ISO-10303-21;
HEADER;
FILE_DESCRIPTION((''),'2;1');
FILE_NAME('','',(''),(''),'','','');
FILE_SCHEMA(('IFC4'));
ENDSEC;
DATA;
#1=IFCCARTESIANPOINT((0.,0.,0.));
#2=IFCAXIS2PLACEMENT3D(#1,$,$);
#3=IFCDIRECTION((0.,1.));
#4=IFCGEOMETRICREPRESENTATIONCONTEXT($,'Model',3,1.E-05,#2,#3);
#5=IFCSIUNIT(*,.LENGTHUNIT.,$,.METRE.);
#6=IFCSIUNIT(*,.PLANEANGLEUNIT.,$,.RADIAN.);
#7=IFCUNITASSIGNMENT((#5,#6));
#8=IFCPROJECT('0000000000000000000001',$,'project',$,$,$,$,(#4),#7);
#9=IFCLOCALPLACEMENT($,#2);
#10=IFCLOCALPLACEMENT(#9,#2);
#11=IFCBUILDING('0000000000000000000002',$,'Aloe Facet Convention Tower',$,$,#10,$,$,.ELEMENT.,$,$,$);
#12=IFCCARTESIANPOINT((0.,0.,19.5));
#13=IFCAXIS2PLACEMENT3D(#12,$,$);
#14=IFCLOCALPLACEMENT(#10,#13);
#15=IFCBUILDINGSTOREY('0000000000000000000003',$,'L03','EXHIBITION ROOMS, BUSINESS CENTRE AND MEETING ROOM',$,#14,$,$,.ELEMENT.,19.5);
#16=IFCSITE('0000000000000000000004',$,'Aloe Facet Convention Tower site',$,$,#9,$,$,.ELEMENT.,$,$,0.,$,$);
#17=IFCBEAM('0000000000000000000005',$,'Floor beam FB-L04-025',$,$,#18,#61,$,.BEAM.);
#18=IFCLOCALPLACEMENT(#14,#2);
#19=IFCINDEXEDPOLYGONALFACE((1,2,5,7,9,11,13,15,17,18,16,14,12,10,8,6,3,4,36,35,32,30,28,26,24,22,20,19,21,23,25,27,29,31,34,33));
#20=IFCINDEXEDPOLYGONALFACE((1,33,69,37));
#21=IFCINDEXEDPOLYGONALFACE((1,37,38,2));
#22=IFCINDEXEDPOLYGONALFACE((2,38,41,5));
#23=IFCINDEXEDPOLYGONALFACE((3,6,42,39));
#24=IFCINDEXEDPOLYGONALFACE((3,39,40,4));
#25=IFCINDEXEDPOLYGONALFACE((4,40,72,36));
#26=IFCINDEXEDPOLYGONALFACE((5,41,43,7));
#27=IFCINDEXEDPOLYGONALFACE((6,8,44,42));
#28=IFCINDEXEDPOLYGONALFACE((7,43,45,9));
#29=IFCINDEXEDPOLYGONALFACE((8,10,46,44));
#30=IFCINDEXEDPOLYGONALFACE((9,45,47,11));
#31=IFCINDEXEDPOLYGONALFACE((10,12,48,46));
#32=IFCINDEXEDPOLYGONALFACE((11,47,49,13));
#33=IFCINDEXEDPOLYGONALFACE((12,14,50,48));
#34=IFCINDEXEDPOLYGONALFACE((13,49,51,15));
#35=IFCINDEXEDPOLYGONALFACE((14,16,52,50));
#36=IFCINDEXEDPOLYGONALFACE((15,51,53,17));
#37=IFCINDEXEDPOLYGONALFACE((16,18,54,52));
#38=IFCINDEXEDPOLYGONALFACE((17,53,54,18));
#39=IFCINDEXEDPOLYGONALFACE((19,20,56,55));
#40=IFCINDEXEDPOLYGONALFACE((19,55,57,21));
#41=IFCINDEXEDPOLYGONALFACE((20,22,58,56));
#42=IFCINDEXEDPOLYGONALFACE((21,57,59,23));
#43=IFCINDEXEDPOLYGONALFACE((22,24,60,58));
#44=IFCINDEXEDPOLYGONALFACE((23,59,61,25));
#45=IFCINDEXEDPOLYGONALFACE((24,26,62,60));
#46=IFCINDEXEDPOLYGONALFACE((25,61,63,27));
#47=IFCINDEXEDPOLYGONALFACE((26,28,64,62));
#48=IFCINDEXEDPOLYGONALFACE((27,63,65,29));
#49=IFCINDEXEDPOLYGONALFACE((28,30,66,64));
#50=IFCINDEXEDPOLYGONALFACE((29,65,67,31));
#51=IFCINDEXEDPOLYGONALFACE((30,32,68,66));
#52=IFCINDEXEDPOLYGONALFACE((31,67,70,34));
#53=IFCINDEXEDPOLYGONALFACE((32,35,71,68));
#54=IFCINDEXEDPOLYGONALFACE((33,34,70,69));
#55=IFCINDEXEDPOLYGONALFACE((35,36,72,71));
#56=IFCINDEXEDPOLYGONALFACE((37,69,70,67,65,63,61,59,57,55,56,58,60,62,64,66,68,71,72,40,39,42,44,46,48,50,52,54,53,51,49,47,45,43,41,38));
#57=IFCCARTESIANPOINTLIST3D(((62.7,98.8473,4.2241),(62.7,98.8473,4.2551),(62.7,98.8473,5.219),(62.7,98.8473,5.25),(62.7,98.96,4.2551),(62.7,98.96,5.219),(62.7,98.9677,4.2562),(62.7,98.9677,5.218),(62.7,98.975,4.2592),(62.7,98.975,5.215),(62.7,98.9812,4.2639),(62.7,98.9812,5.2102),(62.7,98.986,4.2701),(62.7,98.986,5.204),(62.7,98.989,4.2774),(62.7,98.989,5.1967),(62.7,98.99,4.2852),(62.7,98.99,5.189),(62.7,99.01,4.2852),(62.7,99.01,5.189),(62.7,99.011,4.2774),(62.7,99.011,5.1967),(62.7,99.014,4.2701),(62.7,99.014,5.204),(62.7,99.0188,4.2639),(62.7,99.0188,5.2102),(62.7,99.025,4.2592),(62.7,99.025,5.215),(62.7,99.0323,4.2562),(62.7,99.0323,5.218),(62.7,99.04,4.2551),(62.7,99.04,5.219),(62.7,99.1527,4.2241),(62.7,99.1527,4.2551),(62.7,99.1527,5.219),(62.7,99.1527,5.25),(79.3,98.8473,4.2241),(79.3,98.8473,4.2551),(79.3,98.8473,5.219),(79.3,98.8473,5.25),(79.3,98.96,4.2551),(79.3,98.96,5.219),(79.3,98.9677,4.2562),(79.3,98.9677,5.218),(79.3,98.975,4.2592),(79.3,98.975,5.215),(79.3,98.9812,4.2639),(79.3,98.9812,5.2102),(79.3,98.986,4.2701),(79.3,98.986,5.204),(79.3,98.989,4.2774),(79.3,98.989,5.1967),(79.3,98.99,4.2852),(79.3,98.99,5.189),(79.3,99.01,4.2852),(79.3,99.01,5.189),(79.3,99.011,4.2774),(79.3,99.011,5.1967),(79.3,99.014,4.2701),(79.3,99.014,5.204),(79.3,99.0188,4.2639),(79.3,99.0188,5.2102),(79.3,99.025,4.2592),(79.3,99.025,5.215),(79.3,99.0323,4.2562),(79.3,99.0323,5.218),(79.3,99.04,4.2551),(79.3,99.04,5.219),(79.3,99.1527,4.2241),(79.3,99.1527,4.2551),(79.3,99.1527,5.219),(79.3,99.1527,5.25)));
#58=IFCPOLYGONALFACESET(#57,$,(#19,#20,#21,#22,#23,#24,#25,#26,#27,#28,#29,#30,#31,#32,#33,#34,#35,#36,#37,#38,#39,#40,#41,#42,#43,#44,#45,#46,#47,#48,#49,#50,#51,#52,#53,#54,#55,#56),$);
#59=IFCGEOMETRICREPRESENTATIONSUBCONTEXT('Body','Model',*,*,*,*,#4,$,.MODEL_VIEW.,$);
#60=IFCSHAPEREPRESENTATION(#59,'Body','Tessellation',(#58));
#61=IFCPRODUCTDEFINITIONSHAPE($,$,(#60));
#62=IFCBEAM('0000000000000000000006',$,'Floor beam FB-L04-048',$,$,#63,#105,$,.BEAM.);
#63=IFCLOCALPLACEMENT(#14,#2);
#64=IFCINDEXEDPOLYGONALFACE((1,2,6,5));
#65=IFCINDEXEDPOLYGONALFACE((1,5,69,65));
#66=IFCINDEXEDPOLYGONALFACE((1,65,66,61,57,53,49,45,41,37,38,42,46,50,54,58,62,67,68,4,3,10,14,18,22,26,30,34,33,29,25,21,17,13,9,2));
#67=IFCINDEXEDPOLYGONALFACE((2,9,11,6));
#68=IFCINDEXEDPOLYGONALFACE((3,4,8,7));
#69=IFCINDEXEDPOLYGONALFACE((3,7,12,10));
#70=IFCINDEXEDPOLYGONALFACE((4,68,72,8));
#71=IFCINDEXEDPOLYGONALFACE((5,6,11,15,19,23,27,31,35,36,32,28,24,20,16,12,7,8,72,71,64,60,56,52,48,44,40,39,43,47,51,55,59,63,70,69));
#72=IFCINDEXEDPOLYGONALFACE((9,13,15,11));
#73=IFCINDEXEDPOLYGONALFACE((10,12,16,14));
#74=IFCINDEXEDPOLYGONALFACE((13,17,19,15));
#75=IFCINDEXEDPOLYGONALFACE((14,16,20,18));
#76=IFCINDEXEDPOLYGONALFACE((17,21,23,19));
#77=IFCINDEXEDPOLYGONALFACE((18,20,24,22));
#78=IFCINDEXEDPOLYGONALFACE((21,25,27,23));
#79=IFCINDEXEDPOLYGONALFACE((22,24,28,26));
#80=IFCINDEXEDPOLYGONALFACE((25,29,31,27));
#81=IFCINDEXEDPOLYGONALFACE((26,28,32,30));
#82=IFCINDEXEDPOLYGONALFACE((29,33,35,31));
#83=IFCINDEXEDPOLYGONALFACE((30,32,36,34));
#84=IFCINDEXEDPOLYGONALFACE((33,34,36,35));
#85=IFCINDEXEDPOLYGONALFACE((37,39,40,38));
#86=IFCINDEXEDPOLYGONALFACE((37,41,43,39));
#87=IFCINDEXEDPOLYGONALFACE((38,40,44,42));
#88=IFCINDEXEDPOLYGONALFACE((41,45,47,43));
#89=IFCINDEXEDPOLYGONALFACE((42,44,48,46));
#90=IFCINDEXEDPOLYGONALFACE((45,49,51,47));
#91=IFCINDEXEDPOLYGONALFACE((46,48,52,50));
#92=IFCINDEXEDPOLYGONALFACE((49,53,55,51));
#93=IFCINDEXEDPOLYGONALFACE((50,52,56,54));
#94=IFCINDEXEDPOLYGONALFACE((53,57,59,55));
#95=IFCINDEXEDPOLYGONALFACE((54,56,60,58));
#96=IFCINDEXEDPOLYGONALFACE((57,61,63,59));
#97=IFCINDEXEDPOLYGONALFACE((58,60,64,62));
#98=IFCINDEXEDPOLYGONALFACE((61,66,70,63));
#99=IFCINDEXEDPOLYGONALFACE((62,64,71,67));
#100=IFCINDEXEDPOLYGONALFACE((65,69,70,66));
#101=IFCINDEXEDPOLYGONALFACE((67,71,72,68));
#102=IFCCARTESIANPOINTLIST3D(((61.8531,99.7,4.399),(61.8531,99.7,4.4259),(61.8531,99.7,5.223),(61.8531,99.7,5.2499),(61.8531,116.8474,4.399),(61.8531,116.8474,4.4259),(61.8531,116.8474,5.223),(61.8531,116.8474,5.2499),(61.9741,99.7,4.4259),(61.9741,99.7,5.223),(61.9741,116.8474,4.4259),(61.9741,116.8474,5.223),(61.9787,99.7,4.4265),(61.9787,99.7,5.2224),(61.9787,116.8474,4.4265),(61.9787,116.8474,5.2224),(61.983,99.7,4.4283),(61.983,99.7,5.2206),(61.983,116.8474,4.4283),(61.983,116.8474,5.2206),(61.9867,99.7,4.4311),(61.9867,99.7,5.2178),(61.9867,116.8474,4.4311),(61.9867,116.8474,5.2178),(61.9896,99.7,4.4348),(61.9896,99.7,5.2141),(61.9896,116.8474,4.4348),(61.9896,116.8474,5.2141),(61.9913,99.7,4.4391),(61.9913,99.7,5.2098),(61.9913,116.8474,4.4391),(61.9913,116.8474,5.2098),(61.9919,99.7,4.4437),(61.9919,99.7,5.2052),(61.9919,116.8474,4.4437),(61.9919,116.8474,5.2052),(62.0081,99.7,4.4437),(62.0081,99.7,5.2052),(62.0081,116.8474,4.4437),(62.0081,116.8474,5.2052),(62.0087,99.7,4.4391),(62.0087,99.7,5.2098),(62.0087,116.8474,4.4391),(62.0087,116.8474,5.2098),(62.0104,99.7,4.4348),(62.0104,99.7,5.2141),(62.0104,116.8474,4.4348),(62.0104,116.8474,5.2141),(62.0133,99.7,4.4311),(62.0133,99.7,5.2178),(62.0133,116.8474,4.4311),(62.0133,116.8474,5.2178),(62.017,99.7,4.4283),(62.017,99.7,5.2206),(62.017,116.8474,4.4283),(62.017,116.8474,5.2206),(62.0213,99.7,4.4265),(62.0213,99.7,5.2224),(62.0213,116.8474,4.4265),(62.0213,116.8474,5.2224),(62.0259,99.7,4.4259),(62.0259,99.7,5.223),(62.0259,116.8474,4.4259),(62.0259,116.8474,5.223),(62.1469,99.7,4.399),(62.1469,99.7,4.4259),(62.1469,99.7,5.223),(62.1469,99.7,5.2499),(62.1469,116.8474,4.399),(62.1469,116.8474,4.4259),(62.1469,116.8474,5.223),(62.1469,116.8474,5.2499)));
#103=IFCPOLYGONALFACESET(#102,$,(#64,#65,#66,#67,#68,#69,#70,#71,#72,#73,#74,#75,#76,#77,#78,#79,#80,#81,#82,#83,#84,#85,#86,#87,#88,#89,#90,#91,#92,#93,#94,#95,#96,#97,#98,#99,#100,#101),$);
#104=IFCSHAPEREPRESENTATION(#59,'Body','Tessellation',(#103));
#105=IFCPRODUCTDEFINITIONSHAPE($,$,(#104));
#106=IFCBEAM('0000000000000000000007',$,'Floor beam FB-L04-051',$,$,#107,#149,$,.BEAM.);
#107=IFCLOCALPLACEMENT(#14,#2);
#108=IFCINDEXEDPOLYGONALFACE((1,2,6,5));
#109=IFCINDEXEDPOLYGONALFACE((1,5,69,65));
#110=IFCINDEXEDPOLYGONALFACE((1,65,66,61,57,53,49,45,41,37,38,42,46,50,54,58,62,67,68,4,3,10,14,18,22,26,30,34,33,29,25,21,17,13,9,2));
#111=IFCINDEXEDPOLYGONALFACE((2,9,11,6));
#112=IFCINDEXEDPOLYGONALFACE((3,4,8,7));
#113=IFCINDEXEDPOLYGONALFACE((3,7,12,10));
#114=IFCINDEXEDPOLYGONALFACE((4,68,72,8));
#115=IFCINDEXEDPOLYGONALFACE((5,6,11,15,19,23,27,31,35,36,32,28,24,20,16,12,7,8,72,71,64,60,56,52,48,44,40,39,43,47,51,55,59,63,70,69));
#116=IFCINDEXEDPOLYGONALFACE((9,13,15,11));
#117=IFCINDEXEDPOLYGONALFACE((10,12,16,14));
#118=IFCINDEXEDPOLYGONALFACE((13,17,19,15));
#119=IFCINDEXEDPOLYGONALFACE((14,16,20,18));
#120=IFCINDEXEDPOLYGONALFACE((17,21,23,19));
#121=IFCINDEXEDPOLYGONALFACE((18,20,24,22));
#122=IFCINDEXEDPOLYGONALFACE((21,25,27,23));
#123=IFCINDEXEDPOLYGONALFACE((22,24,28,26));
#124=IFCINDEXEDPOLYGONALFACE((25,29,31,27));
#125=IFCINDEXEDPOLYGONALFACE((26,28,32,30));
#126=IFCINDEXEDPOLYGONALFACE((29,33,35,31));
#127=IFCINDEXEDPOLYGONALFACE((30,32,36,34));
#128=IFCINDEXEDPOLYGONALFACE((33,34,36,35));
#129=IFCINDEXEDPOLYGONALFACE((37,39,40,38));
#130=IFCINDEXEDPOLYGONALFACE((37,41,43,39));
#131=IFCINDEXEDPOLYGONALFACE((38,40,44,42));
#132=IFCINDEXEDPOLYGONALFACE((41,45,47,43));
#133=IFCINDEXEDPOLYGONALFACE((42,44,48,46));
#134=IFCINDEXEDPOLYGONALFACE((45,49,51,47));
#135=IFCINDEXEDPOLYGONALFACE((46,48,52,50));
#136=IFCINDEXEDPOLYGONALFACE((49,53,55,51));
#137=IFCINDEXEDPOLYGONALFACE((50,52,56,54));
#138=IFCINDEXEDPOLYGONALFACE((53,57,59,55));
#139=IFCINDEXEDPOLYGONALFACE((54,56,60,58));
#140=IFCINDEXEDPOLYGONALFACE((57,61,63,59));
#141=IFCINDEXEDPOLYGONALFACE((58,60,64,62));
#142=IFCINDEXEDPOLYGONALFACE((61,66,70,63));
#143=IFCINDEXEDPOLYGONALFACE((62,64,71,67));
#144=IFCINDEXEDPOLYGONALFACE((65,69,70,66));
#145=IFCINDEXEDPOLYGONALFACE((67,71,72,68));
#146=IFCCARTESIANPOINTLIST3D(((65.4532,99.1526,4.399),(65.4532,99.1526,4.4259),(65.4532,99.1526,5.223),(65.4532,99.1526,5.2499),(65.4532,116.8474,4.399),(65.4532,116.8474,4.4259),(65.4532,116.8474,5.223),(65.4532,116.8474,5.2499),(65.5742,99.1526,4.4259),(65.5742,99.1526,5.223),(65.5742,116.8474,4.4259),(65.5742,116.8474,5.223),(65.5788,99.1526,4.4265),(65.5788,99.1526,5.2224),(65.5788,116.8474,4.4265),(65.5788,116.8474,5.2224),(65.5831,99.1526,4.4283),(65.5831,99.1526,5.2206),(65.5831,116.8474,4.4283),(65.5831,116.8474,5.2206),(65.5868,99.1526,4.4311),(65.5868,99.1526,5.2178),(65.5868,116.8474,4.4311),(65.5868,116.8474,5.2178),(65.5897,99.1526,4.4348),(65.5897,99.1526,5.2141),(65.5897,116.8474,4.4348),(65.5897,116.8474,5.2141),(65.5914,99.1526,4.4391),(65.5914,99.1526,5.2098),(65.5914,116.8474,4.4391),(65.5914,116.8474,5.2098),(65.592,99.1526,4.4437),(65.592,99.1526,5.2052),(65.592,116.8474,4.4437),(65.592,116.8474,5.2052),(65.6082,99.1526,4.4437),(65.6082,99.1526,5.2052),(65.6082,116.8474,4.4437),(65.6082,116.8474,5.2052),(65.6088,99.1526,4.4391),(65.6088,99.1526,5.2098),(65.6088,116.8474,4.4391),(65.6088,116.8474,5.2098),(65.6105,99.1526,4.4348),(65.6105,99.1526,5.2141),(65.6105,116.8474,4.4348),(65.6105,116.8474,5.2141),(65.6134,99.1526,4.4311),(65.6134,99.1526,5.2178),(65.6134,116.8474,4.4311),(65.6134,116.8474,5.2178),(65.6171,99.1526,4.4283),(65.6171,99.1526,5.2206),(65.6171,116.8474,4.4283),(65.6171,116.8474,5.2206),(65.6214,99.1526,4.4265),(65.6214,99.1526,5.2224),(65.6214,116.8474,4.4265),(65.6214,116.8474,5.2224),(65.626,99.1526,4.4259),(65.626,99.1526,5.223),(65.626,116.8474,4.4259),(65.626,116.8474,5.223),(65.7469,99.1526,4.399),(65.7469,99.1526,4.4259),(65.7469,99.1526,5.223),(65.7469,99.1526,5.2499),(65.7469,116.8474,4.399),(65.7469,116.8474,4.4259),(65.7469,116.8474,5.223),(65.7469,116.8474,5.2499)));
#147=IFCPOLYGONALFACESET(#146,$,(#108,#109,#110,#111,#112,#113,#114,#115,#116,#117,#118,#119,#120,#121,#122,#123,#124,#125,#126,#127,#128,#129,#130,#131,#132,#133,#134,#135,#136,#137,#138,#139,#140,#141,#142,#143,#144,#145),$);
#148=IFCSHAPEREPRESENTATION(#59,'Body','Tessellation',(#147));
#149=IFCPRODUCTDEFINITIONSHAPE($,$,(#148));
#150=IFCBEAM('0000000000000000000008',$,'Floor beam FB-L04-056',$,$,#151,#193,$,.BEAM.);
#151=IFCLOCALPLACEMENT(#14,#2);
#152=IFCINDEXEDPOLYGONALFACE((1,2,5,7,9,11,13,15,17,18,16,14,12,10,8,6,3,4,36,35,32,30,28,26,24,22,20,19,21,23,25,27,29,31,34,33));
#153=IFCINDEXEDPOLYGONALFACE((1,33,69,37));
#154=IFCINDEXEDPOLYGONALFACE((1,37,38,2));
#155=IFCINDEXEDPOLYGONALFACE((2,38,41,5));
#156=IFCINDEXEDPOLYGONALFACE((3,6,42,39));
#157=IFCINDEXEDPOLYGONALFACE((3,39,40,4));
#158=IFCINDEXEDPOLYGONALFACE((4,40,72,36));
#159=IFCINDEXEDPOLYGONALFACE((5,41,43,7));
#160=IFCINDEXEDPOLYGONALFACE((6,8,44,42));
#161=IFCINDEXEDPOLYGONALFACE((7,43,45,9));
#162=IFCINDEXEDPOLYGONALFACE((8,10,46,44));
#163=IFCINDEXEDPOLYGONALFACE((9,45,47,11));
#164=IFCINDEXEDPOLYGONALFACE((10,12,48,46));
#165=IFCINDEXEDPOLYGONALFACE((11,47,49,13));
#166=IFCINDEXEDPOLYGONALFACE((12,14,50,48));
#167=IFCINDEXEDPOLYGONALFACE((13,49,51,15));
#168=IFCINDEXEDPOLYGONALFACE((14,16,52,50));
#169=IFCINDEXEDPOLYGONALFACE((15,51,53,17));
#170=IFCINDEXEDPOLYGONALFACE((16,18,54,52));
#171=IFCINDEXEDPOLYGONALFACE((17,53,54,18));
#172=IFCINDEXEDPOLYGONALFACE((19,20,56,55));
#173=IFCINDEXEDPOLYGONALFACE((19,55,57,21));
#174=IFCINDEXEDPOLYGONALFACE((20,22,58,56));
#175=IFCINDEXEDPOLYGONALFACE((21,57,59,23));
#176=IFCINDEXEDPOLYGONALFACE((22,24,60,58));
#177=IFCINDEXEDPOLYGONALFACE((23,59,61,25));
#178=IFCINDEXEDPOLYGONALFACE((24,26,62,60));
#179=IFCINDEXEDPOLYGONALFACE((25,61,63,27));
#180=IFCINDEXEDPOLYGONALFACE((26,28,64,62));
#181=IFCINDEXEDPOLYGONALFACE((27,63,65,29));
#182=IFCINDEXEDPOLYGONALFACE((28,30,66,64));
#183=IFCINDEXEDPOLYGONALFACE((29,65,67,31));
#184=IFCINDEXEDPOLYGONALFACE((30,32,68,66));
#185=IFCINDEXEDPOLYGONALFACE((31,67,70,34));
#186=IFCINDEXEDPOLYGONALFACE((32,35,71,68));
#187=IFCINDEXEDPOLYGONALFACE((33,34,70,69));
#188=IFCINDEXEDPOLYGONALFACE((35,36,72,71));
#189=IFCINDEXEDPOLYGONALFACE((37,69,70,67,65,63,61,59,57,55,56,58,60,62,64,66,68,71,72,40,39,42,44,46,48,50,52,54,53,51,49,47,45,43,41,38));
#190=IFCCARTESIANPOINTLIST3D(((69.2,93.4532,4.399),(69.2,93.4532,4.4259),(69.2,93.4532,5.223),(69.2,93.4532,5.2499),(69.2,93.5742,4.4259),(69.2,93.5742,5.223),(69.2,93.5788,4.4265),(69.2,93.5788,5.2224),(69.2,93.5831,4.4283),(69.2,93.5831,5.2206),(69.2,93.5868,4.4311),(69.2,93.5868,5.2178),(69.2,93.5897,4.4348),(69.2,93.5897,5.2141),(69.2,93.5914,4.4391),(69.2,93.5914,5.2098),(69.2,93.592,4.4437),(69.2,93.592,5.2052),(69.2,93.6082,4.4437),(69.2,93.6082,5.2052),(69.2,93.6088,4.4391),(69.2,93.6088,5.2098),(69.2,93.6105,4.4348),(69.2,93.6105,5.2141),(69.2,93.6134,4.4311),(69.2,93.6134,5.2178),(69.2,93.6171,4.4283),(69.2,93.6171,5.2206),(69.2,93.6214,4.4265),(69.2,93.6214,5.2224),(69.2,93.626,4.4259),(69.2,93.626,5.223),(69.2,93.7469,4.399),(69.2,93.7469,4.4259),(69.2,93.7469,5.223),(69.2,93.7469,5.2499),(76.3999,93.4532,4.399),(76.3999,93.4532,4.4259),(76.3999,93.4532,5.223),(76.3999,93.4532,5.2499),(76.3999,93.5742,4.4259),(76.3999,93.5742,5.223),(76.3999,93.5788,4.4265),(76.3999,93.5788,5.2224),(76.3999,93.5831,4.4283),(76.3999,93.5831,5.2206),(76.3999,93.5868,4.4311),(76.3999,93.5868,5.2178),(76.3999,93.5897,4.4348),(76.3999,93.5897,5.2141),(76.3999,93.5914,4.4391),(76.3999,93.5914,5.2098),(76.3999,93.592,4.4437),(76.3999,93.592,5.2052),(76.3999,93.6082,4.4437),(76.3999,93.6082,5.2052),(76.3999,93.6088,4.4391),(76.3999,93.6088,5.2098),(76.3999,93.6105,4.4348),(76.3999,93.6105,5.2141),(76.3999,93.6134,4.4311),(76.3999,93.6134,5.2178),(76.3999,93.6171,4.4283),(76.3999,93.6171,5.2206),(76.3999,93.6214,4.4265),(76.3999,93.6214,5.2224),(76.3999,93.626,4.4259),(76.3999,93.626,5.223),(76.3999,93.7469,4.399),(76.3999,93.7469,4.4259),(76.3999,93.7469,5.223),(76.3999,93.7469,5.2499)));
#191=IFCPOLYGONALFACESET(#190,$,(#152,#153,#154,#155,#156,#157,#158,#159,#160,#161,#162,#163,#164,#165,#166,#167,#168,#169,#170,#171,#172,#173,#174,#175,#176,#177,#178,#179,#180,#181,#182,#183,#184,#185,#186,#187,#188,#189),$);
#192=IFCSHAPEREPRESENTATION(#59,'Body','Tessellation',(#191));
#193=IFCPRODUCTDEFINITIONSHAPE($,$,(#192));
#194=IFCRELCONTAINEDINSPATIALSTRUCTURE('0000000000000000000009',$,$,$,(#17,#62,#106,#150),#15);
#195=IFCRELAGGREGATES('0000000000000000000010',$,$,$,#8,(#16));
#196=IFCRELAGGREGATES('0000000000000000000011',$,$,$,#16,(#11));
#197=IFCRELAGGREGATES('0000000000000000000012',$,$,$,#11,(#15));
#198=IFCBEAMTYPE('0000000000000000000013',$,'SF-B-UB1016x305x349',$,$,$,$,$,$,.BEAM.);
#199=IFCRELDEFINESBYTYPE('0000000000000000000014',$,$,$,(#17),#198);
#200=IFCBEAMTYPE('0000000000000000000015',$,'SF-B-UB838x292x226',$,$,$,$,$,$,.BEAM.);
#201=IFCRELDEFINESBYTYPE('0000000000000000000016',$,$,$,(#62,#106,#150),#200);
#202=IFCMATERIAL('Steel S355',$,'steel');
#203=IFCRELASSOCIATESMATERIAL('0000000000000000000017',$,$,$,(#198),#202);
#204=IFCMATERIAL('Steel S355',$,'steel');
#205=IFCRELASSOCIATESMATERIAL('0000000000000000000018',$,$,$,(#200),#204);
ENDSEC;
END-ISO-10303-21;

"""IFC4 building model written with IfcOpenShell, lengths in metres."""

from ifc_helpers import new_model, si_unit, direction, frame, origin, origin_2d, place, context, subcontext, project, spatial, i_section, extrude, material, material_profile, profile_set, type_object, element, save


model = new_model("IFC4")

# Units and contexts
model_context = context("Model", 3, precision=1e-05, world=origin(), true_north=direction((0.0, 1.0)))
body_context = subcontext(model_context, "Body", "Model", "MODEL_VIEW")
ifc_project = project(units=[si_unit("LENGTHUNIT", "METRE"), si_unit("PLANEANGLEUNIT", "RADIAN")], contexts=[model_context])

# Site, building, storey
site_placement = place(None, origin())
site = spatial("IfcSite", under=ifc_project, at=site_placement, Name="Aloe Facet Convention Tower site", CompositionType="ELEMENT", RefElevation=0.0)
building_placement = place(site_placement, origin())
building = spatial("IfcBuilding", under=site, at=building_placement, Name="Aloe Facet Convention Tower", CompositionType="ELEMENT")
storey_placement = place(building_placement, frame((0.0, 0.0, 19.5)))
storey = spatial("IfcBuildingStorey", under=building, at=storey_placement, Name="L03", Description="EXHIBITION ROOMS, BUSINESS CENTRE AND MEETING ROOM", CompositionType="ELEMENT", Elevation=19.5)

# Beams
ifc_material_1 = material(Name="Steel S355", Category="steel")
ifc_material_profile_1 = material_profile(ifc_material_1, i_section(OverallWidth=0.3054, OverallDepth=1.0259, WebThickness=0.02, FlangeThickness=0.031, FilletRadius=0.03, at=origin_2d()), Name="UB 1016x305x349")
ifc_profile_set_1 = profile_set([ifc_material_profile_1], Name="Steel S355")
beam_type_1 = type_object("IfcBeamType", Name="SF-B-UB1016x305x349", PredefinedType="BEAM", material=ifc_profile_set_1)
beam_1_placement = place(storey_placement, frame((62.7, 99.0, 4.7371), z_axis=(1.0, 0.0, 0.0), x_axis=(0.0, 1.0, 0.0)))
element("IfcBeam", 1, at=beam_1_placement, inside=storey, type_object=beam_type_1, Name="Floor beam FB-L04-025", PredefinedType="BEAM", context=body_context, shape_type="SweptSolid", body=[
    extrude(i_section(OverallWidth=0.3054, OverallDepth=1.0259, WebThickness=0.02, FlangeThickness=0.031, FilletRadius=0.03, at=origin_2d()), origin(), (0.0, 0.0, 1.0), 16.6001),
])
ifc_material_2 = material(Name="Steel S355", Category="steel")
ifc_material_profile_2 = material_profile(ifc_material_2, i_section(OverallWidth=0.2937, OverallDepth=0.8508, WebThickness=0.0161, FlangeThickness=0.0269, FilletRadius=0.0178, at=origin_2d()), Name="UB 838x292x226")
ifc_profile_set_2 = profile_set([ifc_material_profile_2], Name="Steel S355")
beam_type_2 = type_object("IfcBeamType", Name="SF-B-UB838x292x226", PredefinedType="BEAM", material=ifc_profile_set_2)
beam_2_placement = place(storey_placement, frame((62.0, 99.7, 4.8245), z_axis=(0.0, 1.0, 0.0), x_axis=(-1.0, 0.0, 0.0)))
element("IfcBeam", 2, at=beam_2_placement, inside=storey, type_object=beam_type_2, Name="Floor beam FB-L04-048", PredefinedType="BEAM", context=body_context, shape_type="SweptSolid", body=[
    extrude(i_section(OverallWidth=0.2937, OverallDepth=0.8508, WebThickness=0.0161, FlangeThickness=0.0269, FilletRadius=0.0178, at=origin_2d()), origin(), (0.0, 0.0, 1.0), 17.1475),
])
beam_3_placement = place(storey_placement, frame((65.6001, 99.1526, 4.8245), z_axis=(0.0, 1.0, 0.0), x_axis=(-1.0, 0.0, 0.0)))
element("IfcBeam", 3, at=beam_3_placement, inside=storey, type_object=beam_type_2, Name="Floor beam FB-L04-051", PredefinedType="BEAM", context=body_context, shape_type="SweptSolid", body=[
    extrude(i_section(OverallWidth=0.2937, OverallDepth=0.8508, WebThickness=0.0161, FlangeThickness=0.0269, FilletRadius=0.0178, at=origin_2d()), origin(), (0.0, 0.0, 1.0), 17.6948),
])
beam_4_placement = place(storey_placement, frame((69.2, 93.6001, 4.8245), z_axis=(1.0, 0.0, 0.0), x_axis=(0.0, 1.0, 0.0)))
element("IfcBeam", 4, at=beam_4_placement, inside=storey, type_object=beam_type_2, Name="Floor beam FB-L04-056", PredefinedType="BEAM", context=body_context, shape_type="SweptSolid", body=[
    extrude(i_section(OverallWidth=0.2937, OverallDepth=0.8508, WebThickness=0.0161, FlangeThickness=0.0269, FilletRadius=0.0178, at=origin_2d()), origin(), (0.0, 0.0, 1.0), 7.2),
])

save(model, "model.ifc")
